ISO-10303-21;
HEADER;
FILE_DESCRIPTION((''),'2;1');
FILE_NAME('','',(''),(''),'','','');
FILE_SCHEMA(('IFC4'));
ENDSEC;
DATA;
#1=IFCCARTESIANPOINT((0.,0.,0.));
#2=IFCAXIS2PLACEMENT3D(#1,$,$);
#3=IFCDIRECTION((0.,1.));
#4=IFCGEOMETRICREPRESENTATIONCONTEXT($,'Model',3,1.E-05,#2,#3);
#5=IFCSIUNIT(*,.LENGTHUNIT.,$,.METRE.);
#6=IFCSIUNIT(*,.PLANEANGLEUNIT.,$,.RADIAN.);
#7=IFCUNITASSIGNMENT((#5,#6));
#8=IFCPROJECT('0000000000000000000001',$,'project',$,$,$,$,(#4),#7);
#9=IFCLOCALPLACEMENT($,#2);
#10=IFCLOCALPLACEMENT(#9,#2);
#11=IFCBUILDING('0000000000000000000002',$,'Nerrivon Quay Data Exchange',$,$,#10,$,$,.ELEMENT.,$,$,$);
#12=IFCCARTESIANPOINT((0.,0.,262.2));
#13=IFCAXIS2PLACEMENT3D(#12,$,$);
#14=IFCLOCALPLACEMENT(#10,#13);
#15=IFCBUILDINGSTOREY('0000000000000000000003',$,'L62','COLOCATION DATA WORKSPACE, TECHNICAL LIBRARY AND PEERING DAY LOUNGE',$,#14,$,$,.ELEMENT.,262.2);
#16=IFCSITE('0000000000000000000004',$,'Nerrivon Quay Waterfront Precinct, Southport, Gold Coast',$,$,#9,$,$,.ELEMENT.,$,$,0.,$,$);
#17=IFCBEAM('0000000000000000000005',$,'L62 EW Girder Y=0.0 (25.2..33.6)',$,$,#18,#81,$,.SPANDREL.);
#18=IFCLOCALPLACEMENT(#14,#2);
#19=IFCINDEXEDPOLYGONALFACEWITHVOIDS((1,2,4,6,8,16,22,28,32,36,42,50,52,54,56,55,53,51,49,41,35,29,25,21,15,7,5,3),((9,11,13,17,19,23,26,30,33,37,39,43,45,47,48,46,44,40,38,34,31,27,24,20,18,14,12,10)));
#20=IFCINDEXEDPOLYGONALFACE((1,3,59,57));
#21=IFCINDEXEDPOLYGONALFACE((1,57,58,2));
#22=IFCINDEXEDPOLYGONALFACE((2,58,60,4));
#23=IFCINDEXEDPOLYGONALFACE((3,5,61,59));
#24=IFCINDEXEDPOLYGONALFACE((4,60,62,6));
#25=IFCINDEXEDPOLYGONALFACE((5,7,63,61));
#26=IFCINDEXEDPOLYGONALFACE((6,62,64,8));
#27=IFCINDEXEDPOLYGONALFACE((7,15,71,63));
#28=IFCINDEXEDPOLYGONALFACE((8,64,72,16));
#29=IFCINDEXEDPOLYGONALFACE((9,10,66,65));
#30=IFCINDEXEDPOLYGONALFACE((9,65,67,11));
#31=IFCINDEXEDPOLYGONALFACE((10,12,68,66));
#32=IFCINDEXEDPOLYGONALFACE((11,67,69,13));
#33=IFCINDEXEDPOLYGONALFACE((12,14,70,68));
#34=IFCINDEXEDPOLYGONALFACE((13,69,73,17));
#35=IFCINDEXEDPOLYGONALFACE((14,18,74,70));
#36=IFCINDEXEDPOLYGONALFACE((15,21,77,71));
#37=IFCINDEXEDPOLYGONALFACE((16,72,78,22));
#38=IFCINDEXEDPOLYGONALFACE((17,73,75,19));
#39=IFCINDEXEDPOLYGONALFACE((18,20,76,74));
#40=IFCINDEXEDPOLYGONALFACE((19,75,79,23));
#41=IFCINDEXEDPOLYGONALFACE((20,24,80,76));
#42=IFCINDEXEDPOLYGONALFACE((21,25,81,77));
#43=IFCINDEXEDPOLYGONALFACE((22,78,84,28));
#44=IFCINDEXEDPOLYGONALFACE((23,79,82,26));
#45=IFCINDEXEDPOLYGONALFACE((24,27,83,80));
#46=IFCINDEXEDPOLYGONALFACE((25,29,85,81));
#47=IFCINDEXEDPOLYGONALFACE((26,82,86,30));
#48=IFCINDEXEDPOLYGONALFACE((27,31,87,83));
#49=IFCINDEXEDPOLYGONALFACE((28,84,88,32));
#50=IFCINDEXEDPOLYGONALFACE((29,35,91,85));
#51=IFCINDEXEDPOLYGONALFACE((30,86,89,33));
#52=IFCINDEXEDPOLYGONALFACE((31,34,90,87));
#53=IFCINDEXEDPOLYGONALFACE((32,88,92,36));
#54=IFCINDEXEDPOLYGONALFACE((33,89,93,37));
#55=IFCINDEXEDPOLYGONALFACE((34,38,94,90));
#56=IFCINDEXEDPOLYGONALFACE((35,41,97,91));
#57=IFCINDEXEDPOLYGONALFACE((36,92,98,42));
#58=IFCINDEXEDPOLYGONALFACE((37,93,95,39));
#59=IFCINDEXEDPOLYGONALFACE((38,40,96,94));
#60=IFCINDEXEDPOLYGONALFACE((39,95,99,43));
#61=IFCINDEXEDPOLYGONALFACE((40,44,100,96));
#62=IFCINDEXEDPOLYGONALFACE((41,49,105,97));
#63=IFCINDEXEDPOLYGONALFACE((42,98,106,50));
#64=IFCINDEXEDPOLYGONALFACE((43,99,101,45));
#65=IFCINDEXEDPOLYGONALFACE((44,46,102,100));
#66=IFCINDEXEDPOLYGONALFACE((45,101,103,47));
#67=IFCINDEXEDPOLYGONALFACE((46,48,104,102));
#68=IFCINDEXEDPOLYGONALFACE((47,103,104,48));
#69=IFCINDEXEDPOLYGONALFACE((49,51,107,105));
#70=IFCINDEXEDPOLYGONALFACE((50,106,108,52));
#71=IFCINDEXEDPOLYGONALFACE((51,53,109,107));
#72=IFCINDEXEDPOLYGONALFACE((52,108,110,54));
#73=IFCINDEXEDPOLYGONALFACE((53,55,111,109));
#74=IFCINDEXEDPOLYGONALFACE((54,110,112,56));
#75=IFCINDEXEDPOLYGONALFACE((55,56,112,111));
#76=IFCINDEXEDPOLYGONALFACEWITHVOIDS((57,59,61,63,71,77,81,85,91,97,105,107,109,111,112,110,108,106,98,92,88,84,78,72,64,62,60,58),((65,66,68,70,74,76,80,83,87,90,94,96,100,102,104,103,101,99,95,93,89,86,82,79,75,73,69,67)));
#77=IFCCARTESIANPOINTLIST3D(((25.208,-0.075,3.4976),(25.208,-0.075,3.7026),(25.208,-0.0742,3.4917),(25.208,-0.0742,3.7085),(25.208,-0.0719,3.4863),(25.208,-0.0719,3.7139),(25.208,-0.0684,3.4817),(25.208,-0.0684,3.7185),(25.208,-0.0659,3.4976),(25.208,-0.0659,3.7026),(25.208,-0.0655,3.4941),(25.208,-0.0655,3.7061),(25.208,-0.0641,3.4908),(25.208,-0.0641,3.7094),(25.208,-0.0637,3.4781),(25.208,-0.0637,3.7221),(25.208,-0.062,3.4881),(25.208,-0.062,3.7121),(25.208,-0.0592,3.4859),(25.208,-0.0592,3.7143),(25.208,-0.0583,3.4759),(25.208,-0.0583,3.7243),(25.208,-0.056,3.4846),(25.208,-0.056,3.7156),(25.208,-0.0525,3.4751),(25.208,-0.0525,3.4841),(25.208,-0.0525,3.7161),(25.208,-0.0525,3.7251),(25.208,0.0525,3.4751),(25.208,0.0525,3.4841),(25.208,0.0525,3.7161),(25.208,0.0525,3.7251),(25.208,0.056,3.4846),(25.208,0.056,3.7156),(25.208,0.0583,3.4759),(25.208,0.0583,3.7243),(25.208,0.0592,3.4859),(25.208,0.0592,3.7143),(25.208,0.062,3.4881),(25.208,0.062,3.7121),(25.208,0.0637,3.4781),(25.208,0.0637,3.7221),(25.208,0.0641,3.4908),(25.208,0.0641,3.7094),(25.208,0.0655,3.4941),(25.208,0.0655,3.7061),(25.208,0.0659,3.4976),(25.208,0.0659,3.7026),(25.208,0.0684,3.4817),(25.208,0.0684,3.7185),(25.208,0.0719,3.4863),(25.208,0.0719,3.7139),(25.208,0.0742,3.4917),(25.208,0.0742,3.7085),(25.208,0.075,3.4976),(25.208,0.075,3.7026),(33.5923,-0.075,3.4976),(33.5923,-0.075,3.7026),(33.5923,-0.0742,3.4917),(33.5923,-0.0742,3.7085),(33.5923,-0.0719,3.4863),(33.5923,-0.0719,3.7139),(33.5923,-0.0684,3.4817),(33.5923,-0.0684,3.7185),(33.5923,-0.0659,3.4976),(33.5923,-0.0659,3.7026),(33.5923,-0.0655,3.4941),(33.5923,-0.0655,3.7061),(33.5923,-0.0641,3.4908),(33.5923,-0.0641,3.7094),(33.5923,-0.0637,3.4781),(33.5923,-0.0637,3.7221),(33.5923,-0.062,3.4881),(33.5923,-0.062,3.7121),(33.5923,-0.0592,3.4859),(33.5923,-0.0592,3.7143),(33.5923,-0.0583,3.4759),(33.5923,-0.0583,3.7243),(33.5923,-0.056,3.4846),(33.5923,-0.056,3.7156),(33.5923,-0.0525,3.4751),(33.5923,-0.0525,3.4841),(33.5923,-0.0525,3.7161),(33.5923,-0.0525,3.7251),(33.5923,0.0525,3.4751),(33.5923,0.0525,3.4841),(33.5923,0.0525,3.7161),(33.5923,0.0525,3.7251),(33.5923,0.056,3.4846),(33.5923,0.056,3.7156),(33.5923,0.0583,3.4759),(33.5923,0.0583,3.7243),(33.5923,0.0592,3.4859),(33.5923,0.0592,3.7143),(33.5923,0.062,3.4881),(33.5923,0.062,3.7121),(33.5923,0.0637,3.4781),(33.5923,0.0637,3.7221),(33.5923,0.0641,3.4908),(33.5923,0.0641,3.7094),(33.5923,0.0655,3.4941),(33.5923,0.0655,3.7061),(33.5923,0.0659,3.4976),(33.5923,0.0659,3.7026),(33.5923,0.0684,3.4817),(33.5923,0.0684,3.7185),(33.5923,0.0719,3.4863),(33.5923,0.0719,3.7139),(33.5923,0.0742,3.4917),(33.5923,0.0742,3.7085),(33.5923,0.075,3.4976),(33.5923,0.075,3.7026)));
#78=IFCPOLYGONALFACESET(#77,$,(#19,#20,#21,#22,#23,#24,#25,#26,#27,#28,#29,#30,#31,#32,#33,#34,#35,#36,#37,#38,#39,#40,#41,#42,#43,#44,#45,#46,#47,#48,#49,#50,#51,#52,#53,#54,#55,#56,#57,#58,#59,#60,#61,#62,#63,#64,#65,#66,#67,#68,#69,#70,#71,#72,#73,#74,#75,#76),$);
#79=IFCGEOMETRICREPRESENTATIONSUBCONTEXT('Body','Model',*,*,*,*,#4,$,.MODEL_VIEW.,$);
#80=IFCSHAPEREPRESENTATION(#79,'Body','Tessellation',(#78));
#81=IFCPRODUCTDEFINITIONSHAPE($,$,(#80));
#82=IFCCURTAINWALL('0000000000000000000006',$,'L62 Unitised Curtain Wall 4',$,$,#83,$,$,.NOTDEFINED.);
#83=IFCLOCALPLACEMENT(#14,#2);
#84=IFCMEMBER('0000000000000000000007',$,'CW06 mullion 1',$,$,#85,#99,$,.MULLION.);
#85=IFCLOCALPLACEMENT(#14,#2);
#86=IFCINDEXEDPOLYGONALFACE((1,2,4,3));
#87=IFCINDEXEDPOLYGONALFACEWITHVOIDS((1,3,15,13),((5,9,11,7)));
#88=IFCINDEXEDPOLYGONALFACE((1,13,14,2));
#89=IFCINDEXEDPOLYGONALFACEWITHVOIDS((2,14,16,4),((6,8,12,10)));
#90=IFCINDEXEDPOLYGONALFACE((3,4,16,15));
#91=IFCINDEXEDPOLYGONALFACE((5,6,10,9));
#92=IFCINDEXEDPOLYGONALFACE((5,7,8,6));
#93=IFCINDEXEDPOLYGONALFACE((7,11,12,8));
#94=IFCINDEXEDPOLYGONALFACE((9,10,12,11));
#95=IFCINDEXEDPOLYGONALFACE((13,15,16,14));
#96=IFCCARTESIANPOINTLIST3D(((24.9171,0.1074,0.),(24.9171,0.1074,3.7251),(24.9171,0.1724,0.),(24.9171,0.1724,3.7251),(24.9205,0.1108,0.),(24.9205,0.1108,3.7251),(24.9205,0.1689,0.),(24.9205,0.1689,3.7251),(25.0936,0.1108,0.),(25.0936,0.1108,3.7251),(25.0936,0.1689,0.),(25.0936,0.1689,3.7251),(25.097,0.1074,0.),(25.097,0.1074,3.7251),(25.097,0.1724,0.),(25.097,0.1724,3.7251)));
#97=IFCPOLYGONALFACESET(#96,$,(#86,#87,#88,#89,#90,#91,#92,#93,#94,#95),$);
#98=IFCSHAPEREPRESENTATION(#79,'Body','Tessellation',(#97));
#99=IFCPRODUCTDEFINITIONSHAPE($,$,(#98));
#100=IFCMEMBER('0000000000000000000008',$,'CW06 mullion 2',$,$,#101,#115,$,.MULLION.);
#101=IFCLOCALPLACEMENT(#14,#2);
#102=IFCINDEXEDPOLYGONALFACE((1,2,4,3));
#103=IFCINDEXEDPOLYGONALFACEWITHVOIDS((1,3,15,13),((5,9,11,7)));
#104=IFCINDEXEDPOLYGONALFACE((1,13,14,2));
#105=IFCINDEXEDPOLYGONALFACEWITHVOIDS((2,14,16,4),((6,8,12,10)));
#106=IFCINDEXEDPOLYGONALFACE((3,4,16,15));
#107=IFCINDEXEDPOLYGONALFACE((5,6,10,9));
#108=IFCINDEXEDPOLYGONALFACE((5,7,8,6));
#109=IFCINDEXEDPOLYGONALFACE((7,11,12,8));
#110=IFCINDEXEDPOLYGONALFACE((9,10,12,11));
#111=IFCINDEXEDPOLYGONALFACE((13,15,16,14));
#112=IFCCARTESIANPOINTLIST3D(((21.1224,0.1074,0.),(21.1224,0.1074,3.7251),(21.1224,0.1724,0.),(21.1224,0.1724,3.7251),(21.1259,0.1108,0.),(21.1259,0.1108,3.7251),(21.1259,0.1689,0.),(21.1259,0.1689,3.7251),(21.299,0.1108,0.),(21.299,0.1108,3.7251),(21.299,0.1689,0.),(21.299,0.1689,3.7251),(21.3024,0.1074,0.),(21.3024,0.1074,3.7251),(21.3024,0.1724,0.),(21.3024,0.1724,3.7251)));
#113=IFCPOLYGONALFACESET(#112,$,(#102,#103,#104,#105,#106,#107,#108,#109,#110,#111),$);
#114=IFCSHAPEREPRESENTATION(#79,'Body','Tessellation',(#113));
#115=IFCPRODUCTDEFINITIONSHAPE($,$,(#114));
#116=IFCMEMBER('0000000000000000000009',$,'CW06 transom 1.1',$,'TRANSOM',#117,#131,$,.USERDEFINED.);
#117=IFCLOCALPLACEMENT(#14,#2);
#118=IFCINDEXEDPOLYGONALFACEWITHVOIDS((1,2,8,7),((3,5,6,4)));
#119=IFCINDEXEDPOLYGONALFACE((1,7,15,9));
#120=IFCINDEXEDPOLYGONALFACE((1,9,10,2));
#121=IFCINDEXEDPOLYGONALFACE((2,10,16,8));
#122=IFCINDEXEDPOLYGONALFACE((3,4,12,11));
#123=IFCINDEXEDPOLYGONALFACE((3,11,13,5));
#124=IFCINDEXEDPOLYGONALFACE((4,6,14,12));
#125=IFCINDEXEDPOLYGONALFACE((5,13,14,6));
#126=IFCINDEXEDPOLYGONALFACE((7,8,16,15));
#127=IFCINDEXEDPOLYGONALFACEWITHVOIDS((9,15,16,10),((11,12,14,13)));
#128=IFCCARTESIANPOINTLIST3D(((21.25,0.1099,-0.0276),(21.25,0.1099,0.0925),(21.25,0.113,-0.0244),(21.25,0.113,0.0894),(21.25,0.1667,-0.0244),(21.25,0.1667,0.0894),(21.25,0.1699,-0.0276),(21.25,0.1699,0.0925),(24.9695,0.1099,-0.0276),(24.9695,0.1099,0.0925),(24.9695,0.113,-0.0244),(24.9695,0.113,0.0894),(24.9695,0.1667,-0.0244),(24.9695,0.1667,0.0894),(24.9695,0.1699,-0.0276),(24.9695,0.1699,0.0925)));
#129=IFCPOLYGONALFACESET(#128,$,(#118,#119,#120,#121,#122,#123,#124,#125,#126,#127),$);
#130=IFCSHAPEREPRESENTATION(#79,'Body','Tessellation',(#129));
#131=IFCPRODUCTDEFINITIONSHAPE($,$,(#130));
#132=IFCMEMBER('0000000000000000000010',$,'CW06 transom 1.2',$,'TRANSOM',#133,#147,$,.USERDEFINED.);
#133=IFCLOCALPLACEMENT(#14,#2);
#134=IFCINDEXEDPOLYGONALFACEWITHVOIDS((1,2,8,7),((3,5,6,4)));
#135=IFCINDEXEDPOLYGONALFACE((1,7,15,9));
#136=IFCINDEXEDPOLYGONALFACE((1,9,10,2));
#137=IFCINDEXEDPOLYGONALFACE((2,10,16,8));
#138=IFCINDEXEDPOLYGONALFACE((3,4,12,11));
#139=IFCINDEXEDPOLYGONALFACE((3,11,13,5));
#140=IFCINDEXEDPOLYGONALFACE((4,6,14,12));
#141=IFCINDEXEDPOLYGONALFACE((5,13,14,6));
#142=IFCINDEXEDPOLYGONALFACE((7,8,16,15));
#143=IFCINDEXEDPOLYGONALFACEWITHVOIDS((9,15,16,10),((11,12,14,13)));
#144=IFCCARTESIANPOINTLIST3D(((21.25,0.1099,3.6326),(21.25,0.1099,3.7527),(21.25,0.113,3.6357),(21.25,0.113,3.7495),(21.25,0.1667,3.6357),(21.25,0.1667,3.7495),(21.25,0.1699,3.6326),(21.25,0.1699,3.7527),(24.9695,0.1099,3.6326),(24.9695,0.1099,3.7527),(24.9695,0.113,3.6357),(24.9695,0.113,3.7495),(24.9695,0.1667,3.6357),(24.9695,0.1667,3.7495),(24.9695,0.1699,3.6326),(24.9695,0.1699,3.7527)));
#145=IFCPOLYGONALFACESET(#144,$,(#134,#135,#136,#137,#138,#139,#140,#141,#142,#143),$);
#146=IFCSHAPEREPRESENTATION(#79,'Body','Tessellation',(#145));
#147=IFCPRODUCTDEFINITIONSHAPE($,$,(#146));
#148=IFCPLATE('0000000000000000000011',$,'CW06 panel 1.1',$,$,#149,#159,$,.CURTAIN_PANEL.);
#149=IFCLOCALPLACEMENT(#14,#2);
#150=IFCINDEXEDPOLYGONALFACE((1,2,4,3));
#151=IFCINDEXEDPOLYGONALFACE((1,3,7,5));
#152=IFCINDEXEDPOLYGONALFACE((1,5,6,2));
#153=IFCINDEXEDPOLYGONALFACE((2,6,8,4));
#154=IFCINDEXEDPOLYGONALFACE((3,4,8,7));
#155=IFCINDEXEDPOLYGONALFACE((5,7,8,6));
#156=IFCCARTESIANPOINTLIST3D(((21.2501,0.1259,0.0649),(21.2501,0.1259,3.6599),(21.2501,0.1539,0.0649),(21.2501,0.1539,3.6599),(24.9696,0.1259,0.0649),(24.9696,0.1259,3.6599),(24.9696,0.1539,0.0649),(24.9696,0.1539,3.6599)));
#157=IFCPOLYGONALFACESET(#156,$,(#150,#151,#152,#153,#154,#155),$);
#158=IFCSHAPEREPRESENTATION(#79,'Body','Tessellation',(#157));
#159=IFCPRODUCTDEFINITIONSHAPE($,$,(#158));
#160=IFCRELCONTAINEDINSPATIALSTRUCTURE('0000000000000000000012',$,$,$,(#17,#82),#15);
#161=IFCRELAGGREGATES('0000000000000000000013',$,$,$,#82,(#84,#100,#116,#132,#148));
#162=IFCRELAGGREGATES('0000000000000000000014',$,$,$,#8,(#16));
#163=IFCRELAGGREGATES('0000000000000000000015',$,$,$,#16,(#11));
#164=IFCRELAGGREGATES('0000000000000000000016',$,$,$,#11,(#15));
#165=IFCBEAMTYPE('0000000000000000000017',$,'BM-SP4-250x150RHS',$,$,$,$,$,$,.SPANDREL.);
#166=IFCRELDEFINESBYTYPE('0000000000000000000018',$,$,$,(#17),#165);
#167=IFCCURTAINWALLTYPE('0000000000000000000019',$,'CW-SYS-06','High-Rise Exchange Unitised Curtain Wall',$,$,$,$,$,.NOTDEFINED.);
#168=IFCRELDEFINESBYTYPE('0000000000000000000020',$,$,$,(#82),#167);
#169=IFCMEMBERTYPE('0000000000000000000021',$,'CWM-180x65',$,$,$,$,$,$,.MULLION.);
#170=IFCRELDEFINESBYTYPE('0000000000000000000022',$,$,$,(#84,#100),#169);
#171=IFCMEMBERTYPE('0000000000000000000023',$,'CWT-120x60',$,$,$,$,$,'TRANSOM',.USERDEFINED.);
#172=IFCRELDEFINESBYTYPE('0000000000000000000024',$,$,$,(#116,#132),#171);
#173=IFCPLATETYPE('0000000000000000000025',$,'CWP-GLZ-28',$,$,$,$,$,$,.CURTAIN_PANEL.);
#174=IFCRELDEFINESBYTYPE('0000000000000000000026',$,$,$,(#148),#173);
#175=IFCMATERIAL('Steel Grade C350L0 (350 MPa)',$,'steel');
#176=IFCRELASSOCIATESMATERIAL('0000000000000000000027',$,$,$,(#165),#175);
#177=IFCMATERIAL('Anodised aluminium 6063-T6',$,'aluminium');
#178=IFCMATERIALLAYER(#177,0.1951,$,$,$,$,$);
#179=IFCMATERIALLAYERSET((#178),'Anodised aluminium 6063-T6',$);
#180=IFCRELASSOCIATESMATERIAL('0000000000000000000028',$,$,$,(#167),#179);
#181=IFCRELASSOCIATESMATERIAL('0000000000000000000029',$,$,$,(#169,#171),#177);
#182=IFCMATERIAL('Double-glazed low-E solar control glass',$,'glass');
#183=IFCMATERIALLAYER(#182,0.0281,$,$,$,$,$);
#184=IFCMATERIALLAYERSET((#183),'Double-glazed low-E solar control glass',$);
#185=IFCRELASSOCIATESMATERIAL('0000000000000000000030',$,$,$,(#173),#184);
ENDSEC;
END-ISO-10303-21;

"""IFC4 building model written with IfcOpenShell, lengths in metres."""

from ifc_helpers import new_model, si_unit, direction, frame, origin, origin_2d, place, context, subcontext, project, spatial, rectangle, hollow_rectangle, extrude, material, layer, layer_set, material_profile, profile_set, type_object, element, aggregate, save


model = new_model("IFC4")

# Units and contexts
model_context = context("Model", 3, precision=1e-05, world=origin(), true_north=direction((0.0, 1.0)))
body_context = subcontext(model_context, "Body", "Model", "MODEL_VIEW")
ifc_project = project(units=[si_unit("LENGTHUNIT", "METRE"), si_unit("PLANEANGLEUNIT", "RADIAN")], contexts=[model_context])

# Site, building, storey
site_placement = place(None, origin())
site = spatial("IfcSite", under=ifc_project, at=site_placement, Name="Nerrivon Quay Waterfront Precinct, Southport, Gold Coast", CompositionType="ELEMENT", RefElevation=0.0)
building_placement = place(site_placement, origin())
building = spatial("IfcBuilding", under=site, at=building_placement, Name="Nerrivon Quay Data Exchange", CompositionType="ELEMENT")
storey_placement = place(building_placement, frame((0.0, 0.0, 262.2)))
storey = spatial("IfcBuildingStorey", under=building, at=storey_placement, Name="L62", Description="COLOCATION DATA WORKSPACE, TECHNICAL LIBRARY AND PEERING DAY LOUNGE", CompositionType="ELEMENT", Elevation=262.2)

# Beam
ifc_material_1 = material(Name="Steel Grade C350L0 (350 MPa)", Category="steel")
ifc_material_profile_1 = material_profile(ifc_material_1, hollow_rectangle(XDim=0.1499, YDim=0.25, WallThickness=0.009, InnerFilletRadius=0.0134, OuterFilletRadius=0.0225, at=origin_2d()), Name="250x150x9.0RHS")
ifc_profile_set_1 = profile_set([ifc_material_profile_1], Name="Steel Grade C350L0 (350 MPa)")
beam_type_1 = type_object("IfcBeamType", Name="BM-SP4-250x150RHS", PredefinedType="SPANDREL", material=ifc_profile_set_1)
for number, where, z_axis, x_axis, name in (
    (1, (25.208, 0.0, 3.6001), (1.0, 0.0, 0.0), (0.0, 1.0, 0.0), "L62 EW Girder Y=0.0 (25.2..33.6)"),
):
    element("IfcBeam", number, at=place(storey_placement, frame(where, z_axis=z_axis, x_axis=x_axis)), inside=storey, type_object=beam_type_1, Name=name, PredefinedType="SPANDREL", context=body_context, shape_type="SweptSolid", body=[
        extrude(hollow_rectangle(XDim=0.1499, YDim=0.25, WallThickness=0.009, InnerFilletRadius=0.0134, OuterFilletRadius=0.0225, at=origin_2d()), origin(), (0.0, 0.0, 1.0), 8.3843),
    ])

# Curtain wall, members, plate
ifc_material_2 = material(Name="Anodised aluminium 6063-T6", Category="aluminium")
ifc_layer_1 = layer(ifc_material_2, 0.1951)
ifc_layer_set_1 = layer_set([ifc_layer_1], Name="Anodised aluminium 6063-T6")
curtain_wall_type = type_object("IfcCurtainWallType", Name="CW-SYS-06", Description="High-Rise Exchange Unitised Curtain Wall", PredefinedType="NOTDEFINED", material=ifc_layer_set_1)
curtain_wall_placement = place(storey_placement, origin())
curtain_wall = element("IfcCurtainWall", 2, at=curtain_wall_placement, inside=storey, type_object=curtain_wall_type, Name="L62 Unitised Curtain Wall 4", PredefinedType="NOTDEFINED")
ifc_material_profile_2 = material_profile(ifc_material_2, hollow_rectangle(XDim=0.0649, YDim=0.1799, WallThickness=0.0034, at=origin_2d()), Name="ALU-MULL-180x65")
ifc_profile_set_2 = profile_set([ifc_material_profile_2], Name="Anodised aluminium 6063-T6")
member_type_1 = type_object("IfcMemberType", Name="CWM-180x65", PredefinedType="MULLION", material=ifc_profile_set_2)
member_1_placement = place(storey_placement, frame((25.0071, 0.1399, 0.0), z_axis=(0.0, 0.0, 1.0), x_axis=(0.0, -1.0, 0.0)))
member_1 = element("IfcMember", 3, at=member_1_placement, type_object=member_type_1, Name="CW06 mullion 1", PredefinedType="MULLION", context=body_context, shape_type="SweptSolid", body=[
    extrude(hollow_rectangle(XDim=0.0649, YDim=0.1799, WallThickness=0.0034, at=origin_2d()), origin(), (0.0, 0.0, 1.0), 3.7251),
])
member_2_placement = place(storey_placement, frame((21.2124, 0.1399, 0.0), z_axis=(0.0, 0.0, 1.0), x_axis=(0.0, -1.0, 0.0)))
member_2 = element("IfcMember", 4, at=member_2_placement, type_object=member_type_1, Name="CW06 mullion 2", PredefinedType="MULLION", context=body_context, shape_type="SweptSolid", body=[
    extrude(hollow_rectangle(XDim=0.0649, YDim=0.1799, WallThickness=0.0034, at=origin_2d()), origin(), (0.0, 0.0, 1.0), 3.7251),
])
ifc_material_profile_3 = material_profile(ifc_material_2, hollow_rectangle(XDim=0.0601, YDim=0.1201, WallThickness=0.0032, at=origin_2d()), Name="ALU-TRAN-120x60")
ifc_profile_set_3 = profile_set([ifc_material_profile_3], Name="Anodised aluminium 6063-T6")
member_type_2 = type_object("IfcMemberType", Name="CWT-120x60", ElementType="TRANSOM", PredefinedType="USERDEFINED", material=ifc_profile_set_3)
member_3_placement = place(storey_placement, frame((24.9695, 0.1399, 0.0325), z_axis=(-1.0, 0.0, 0.0), x_axis=(0.0, -1.0, 0.0)))
member_3 = element("IfcMember", 5, at=member_3_placement, type_object=member_type_2, Name="CW06 transom 1.1", ObjectType="TRANSOM", PredefinedType="USERDEFINED", context=body_context, shape_type="SweptSolid", body=[
    extrude(hollow_rectangle(XDim=0.0601, YDim=0.1201, WallThickness=0.0032, at=origin_2d()), origin(), (0.0, 0.0, 1.0), 3.7195),
])
member_4_placement = place(storey_placement, frame((24.9695, 0.1399, 3.6926), z_axis=(-1.0, 0.0, 0.0), x_axis=(0.0, -1.0, 0.0)))
member_4 = element("IfcMember", 6, at=member_4_placement, type_object=member_type_2, Name="CW06 transom 1.2", ObjectType="TRANSOM", PredefinedType="USERDEFINED", context=body_context, shape_type="SweptSolid", body=[
    extrude(hollow_rectangle(XDim=0.0601, YDim=0.1201, WallThickness=0.0032, at=origin_2d()), origin(), (0.0, 0.0, 1.0), 3.7195),
])
ifc_material_3 = material(Name="Double-glazed low-E solar control glass", Category="glass")
ifc_layer_2 = layer(ifc_material_3, 0.0281)
ifc_layer_set_2 = layer_set([ifc_layer_2], Name="Double-glazed low-E solar control glass")
plate_type = type_object("IfcPlateType", Name="CWP-GLZ-28", PredefinedType="CURTAIN_PANEL", material=ifc_layer_set_2)
plate_placement = place(storey_placement, frame((23.1099, 0.1399, 0.0649), z_axis=(0.0, 0.0, 1.0), x_axis=(-1.0, 0.0, 0.0)))
plate = element("IfcPlate", 7, at=plate_placement, type_object=plate_type, Name="CW06 panel 1.1", PredefinedType="CURTAIN_PANEL", context=body_context, shape_type="SweptSolid", body=[
    extrude(rectangle(XDim=3.7195, YDim=0.0281, at=origin_2d()), origin(), (0.0, 0.0, 1.0), 3.595),
])
aggregate(curtain_wall, [member_1, member_2, member_3, member_4, plate])

save(model, "model.ifc")
